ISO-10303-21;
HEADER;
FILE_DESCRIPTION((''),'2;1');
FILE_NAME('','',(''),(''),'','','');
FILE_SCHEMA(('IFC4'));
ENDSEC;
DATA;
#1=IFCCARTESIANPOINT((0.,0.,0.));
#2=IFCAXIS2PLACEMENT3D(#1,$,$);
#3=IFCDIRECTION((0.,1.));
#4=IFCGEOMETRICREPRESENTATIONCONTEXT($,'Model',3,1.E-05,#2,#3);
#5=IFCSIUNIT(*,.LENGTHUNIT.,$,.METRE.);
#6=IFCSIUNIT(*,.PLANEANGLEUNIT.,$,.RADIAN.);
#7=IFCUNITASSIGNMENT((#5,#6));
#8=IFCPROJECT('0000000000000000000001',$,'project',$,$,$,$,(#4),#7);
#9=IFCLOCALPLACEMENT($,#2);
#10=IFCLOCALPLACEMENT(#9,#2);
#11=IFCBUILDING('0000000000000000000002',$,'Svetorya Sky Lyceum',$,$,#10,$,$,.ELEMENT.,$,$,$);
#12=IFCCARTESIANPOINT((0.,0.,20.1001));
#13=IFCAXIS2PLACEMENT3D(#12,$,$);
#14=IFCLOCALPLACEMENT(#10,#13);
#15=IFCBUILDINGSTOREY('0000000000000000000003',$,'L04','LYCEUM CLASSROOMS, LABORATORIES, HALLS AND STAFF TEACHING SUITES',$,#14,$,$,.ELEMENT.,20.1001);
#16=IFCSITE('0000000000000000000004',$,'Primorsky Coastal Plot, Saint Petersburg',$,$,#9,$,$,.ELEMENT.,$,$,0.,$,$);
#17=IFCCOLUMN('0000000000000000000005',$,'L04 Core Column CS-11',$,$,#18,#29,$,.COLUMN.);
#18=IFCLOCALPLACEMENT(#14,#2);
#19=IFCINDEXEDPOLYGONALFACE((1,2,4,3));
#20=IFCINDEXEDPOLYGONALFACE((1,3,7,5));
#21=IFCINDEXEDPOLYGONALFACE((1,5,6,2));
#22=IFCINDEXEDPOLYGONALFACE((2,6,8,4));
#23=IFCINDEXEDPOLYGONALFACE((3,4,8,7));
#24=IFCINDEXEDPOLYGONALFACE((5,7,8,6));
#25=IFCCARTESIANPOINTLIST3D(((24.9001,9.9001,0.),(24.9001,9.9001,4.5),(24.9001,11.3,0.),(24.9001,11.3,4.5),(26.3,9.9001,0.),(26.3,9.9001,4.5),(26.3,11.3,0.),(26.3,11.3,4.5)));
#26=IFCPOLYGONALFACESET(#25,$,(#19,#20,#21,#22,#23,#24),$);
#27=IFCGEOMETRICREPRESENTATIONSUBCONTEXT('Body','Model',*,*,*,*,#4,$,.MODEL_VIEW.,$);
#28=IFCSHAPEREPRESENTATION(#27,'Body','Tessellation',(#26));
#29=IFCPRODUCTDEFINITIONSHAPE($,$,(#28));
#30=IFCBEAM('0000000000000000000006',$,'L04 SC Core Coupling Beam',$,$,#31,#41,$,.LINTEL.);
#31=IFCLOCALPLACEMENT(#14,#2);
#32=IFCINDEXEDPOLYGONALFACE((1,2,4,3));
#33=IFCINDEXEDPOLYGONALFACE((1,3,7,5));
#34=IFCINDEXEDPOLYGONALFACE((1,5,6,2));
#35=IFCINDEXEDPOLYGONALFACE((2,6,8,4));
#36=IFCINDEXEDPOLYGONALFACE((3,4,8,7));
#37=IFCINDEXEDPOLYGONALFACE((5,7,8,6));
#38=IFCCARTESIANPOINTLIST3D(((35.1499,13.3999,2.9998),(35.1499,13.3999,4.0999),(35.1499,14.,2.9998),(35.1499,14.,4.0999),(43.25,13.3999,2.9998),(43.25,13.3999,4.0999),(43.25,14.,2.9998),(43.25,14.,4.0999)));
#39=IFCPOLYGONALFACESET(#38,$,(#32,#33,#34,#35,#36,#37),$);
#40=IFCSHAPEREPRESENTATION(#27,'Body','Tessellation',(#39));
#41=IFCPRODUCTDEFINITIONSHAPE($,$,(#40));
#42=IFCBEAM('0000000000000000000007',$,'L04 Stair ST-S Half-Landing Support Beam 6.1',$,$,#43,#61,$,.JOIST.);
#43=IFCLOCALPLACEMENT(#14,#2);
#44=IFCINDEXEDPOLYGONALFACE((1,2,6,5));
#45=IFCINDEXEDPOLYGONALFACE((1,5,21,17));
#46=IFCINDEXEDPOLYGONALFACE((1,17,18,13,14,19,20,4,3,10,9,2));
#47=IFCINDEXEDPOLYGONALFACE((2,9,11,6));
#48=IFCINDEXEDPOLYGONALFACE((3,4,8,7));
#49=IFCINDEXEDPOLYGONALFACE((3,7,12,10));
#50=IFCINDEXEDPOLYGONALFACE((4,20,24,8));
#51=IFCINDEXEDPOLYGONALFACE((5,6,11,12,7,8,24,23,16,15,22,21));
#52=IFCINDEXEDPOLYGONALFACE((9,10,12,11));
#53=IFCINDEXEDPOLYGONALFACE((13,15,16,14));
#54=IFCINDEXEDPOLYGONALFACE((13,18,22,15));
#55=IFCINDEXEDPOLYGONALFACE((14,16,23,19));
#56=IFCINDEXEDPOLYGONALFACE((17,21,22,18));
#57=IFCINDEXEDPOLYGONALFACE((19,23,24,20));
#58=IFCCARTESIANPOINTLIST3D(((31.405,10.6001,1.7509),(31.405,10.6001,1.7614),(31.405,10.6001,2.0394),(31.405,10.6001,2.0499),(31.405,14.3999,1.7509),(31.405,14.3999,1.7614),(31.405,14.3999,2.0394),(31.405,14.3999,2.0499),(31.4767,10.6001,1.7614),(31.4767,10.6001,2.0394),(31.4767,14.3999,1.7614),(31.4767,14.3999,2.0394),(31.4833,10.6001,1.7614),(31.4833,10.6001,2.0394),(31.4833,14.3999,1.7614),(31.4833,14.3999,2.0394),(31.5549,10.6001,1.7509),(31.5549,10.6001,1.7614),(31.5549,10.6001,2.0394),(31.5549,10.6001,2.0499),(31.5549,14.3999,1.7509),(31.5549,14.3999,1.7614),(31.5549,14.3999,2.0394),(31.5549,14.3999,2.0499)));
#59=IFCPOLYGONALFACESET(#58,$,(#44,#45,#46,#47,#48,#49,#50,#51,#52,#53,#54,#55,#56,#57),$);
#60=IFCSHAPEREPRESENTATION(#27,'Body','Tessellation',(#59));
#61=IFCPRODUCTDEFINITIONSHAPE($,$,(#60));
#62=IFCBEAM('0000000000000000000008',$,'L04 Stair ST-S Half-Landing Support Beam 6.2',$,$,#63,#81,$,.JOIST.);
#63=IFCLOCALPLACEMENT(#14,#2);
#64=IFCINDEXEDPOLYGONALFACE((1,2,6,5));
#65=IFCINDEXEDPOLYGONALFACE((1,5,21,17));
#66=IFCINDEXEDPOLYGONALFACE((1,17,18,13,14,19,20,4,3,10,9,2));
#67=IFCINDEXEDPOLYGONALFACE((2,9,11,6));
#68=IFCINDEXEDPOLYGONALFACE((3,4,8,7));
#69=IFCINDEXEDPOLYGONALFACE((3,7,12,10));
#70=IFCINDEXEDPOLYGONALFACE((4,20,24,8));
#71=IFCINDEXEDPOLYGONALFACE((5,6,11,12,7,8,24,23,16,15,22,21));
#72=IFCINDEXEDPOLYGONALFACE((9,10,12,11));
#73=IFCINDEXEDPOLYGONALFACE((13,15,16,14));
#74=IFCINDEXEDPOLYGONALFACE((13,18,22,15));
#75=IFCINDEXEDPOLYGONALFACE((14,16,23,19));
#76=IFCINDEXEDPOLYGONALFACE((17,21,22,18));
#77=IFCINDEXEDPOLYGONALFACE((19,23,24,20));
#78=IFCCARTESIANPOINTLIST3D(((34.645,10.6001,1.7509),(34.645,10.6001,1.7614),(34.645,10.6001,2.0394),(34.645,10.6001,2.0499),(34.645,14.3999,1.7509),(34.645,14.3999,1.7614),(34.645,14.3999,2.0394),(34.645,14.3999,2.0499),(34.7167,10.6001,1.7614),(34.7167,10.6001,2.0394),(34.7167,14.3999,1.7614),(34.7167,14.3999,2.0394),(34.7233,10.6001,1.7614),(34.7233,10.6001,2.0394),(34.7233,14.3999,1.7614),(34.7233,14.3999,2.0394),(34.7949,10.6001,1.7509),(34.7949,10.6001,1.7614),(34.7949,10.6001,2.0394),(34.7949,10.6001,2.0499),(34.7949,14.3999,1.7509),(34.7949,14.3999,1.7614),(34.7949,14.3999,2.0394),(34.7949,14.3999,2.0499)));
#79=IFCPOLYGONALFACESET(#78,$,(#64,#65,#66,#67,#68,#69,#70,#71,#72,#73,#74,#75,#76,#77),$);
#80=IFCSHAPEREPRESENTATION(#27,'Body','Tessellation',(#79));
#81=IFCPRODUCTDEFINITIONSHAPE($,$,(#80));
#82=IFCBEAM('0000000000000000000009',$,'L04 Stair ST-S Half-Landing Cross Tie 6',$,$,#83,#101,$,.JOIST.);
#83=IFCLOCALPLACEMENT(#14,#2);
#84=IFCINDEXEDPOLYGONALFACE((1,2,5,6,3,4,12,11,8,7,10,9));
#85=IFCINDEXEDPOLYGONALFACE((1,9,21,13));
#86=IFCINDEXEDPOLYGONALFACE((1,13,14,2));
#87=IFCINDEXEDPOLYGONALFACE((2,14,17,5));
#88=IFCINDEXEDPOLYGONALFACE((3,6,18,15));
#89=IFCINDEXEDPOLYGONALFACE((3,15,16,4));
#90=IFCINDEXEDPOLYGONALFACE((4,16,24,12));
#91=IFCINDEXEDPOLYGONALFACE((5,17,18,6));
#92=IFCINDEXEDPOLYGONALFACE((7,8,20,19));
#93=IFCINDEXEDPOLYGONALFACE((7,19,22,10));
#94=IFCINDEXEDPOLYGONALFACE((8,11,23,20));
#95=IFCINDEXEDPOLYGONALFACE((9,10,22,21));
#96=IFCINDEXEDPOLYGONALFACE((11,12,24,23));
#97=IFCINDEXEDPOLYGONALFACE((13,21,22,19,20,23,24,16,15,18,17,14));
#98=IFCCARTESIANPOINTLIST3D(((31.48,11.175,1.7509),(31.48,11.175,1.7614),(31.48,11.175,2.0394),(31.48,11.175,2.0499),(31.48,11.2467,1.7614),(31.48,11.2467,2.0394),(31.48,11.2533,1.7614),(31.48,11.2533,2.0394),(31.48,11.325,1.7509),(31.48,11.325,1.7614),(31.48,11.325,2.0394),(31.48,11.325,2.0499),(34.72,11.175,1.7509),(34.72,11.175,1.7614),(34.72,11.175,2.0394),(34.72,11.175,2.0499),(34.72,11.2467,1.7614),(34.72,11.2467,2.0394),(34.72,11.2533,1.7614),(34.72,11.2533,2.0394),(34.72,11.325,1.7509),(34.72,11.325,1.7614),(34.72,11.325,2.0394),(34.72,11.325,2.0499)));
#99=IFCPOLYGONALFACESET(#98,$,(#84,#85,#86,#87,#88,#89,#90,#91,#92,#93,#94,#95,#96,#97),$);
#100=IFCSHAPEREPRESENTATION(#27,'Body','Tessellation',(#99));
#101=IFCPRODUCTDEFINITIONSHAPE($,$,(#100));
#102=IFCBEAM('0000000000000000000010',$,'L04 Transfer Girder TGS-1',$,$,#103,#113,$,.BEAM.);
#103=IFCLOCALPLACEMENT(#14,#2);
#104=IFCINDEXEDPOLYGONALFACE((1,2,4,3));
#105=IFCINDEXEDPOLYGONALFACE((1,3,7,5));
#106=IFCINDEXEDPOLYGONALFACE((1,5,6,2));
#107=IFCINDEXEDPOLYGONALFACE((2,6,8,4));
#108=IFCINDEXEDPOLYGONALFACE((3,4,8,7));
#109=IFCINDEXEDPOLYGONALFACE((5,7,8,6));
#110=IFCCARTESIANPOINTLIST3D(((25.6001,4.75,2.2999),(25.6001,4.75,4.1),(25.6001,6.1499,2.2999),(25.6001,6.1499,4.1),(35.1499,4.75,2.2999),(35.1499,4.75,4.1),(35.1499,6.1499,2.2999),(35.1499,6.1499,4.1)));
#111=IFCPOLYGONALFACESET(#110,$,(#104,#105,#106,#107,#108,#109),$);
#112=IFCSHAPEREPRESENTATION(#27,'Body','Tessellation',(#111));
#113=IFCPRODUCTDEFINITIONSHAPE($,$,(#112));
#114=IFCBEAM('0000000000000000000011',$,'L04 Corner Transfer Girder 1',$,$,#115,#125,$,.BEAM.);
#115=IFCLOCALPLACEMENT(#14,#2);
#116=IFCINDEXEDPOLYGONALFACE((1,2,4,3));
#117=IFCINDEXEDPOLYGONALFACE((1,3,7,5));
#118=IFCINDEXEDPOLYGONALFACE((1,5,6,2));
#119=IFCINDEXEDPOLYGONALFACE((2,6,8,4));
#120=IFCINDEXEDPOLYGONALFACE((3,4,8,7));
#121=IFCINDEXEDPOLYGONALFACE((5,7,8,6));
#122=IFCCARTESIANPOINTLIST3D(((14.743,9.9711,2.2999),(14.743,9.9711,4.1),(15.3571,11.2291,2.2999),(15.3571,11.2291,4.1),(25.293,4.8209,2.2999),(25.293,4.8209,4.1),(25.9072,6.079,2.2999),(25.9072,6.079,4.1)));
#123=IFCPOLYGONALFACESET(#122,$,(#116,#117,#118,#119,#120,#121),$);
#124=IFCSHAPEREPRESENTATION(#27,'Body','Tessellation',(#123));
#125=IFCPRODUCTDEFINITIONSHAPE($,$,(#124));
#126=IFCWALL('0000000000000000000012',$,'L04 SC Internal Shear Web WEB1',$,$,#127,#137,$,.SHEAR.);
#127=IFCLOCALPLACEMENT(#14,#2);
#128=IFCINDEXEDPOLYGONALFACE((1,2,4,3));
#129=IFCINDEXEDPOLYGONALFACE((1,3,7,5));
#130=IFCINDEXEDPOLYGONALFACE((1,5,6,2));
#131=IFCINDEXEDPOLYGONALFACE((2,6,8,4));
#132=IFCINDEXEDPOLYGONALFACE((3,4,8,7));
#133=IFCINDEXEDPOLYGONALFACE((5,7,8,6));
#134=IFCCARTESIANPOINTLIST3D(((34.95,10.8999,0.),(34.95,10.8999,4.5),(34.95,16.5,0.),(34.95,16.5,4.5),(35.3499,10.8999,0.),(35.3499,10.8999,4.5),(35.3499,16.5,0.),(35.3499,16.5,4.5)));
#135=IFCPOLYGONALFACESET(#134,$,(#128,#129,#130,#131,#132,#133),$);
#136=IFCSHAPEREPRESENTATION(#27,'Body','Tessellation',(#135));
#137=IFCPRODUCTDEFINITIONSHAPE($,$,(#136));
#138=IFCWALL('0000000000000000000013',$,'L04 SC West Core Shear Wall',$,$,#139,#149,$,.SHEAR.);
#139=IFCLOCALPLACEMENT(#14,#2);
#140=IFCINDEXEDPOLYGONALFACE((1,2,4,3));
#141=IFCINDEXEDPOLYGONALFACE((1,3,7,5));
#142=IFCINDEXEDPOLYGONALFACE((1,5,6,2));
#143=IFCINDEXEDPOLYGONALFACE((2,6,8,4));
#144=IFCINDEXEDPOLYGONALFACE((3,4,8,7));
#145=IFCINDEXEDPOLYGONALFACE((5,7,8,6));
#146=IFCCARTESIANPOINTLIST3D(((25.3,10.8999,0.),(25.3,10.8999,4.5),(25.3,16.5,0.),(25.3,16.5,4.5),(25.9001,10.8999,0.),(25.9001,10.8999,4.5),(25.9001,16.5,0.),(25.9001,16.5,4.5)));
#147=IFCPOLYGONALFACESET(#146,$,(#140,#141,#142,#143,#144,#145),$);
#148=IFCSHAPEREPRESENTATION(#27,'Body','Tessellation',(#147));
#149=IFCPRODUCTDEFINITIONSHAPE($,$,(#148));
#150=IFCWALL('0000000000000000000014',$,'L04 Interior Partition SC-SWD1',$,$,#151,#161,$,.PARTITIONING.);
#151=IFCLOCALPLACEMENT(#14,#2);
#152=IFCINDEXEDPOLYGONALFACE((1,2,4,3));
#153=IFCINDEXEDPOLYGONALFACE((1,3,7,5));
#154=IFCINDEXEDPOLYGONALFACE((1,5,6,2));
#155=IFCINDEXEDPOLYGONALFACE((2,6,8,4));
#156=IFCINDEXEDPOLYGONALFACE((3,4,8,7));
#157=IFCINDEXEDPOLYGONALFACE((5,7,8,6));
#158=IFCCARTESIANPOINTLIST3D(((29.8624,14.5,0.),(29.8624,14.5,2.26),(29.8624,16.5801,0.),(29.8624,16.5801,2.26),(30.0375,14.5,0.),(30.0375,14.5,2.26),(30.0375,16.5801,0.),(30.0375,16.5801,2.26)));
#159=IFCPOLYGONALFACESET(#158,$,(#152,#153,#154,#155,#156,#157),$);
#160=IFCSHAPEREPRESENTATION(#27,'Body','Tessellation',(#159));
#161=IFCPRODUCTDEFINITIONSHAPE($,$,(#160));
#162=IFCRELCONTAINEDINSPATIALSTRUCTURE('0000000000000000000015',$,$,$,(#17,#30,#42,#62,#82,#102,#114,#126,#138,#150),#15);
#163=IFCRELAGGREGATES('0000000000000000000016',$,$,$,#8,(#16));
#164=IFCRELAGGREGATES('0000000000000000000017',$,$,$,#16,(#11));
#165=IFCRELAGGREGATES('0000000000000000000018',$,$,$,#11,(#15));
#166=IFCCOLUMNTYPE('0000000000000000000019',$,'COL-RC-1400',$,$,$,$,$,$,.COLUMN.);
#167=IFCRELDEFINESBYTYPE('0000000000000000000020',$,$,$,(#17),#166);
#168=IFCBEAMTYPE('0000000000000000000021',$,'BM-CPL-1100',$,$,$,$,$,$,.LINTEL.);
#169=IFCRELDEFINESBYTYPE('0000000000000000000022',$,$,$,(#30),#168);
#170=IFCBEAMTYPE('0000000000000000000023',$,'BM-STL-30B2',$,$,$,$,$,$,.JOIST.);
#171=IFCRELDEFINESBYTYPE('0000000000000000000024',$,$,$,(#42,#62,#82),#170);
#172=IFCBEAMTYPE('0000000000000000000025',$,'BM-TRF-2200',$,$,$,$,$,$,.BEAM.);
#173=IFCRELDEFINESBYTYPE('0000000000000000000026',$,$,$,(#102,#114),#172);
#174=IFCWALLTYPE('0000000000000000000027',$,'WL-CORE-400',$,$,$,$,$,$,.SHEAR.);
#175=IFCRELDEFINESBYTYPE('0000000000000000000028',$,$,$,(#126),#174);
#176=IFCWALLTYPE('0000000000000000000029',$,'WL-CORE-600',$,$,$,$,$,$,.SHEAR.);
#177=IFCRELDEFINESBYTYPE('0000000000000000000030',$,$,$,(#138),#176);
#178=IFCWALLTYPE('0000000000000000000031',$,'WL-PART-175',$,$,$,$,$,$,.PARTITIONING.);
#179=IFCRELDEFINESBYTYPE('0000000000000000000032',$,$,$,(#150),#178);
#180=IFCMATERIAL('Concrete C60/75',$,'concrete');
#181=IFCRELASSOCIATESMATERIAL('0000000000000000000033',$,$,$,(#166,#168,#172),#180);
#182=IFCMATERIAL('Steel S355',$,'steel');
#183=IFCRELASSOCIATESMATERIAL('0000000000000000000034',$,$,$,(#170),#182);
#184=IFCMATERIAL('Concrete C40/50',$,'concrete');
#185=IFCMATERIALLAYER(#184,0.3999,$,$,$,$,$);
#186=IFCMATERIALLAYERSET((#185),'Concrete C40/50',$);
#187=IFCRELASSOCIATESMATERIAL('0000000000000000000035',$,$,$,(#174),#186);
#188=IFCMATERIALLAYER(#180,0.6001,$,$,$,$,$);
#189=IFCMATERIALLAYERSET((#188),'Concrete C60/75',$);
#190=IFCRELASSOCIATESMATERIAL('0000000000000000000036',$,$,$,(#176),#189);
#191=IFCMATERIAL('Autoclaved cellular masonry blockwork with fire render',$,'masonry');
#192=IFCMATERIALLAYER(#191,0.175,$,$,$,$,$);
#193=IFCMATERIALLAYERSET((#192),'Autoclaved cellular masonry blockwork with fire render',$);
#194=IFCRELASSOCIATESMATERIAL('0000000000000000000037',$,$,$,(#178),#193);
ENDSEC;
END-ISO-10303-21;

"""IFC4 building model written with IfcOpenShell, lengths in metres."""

from ifc_helpers import new_model, si_unit, direction, frame, frame_2d, origin, origin_2d, place, context, subcontext, project, spatial, rectangle, i_section, extrude, material, layer, layer_set, material_profile, profile_set, type_object, element, save


model = new_model("IFC4")

# Units and contexts
model_context = context("Model", 3, precision=1e-05, world=origin(), true_north=direction((0.0, 1.0)))
body_context = subcontext(model_context, "Body", "Model", "MODEL_VIEW")
ifc_project = project(units=[si_unit("LENGTHUNIT", "METRE"), si_unit("PLANEANGLEUNIT", "RADIAN")], contexts=[model_context])

# Site, building, storey
site_placement = place(None, origin())
site = spatial("IfcSite", under=ifc_project, at=site_placement, Name="Primorsky Coastal Plot, Saint Petersburg", CompositionType="ELEMENT", RefElevation=0.0)
building_placement = place(site_placement, origin())
building = spatial("IfcBuilding", under=site, at=building_placement, Name="Svetorya Sky Lyceum", CompositionType="ELEMENT")
storey_placement = place(building_placement, frame((0.0, 0.0, 20.1001)))
storey = spatial("IfcBuildingStorey", under=building, at=storey_placement, Name="L04", Description="LYCEUM CLASSROOMS, LABORATORIES, HALLS AND STAFF TEACHING SUITES", CompositionType="ELEMENT", Elevation=20.1001)

# Column
ifc_material_1 = material(Name="Concrete C60/75", Category="concrete")
ifc_material_profile_1 = material_profile(ifc_material_1, rectangle(XDim=1.3999, YDim=1.3999, at=origin_2d()), Name="RC COL 1400x1400")
ifc_profile_set_1 = profile_set([ifc_material_profile_1], Name="Concrete C60/75")
column_type = type_object("IfcColumnType", Name="COL-RC-1400", PredefinedType="COLUMN", material=ifc_profile_set_1)
column_placement = place(storey_placement, frame((25.6001, 10.6001, 0.0), z_axis=(0.0, 0.0, 1.0), x_axis=(1.0, 0.0, 0.0)))
element("IfcColumn", 1, at=column_placement, inside=storey, type_object=column_type, Name="L04 Core Column CS-11", PredefinedType="COLUMN", context=body_context, shape_type="SweptSolid", body=[
    extrude(rectangle(XDim=1.3999, YDim=1.3999, at=origin_2d()), origin(), (0.0, 0.0, 1.0), 4.5),
])

# Beams
ifc_material_profile_2 = material_profile(ifc_material_1, rectangle(XDim=0.6001, YDim=1.1001, at=origin_2d()), Name="RC COUPLING 600x1100")
ifc_profile_set_2 = profile_set([ifc_material_profile_2], Name="Concrete C60/75")
beam_type_1 = type_object("IfcBeamType", Name="BM-CPL-1100", PredefinedType="LINTEL", material=ifc_profile_set_2)
beam_1_placement = place(storey_placement, frame((35.1499, 13.7, 3.5498), z_axis=(1.0, 0.0, 0.0), x_axis=(0.0, 1.0, 0.0)))
element("IfcBeam", 2, at=beam_1_placement, inside=storey, type_object=beam_type_1, Name="L04 SC Core Coupling Beam", PredefinedType="LINTEL", context=body_context, shape_type="SweptSolid", body=[
    extrude(rectangle(XDim=0.6001, YDim=1.1001, at=origin_2d()), origin(), (0.0, 0.0, 1.0), 8.1001),
])
ifc_material_2 = material(Name="Steel S355", Category="steel")
ifc_material_profile_3 = material_profile(ifc_material_2, i_section(OverallWidth=0.1499, OverallDepth=0.2991, WebThickness=0.0066, FlangeThickness=0.0105, at=origin_2d()), Name="GOST 30B2")
ifc_profile_set_3 = profile_set([ifc_material_profile_3], Name="Steel S355")
beam_type_2 = type_object("IfcBeamType", Name="BM-STL-30B2", PredefinedType="JOIST", material=ifc_profile_set_3)
for number, where, z_axis, x_axis, name in (
    (3, (31.48, 10.6001, 1.9004), (0.0, 1.0, 0.0), (-1.0, 0.0, 0.0), "L04 Stair ST-S Half-Landing Support Beam 6.1"),
    (4, (34.72, 10.6001, 1.9004), (0.0, 1.0, 0.0), (-1.0, 0.0, 0.0), "L04 Stair ST-S Half-Landing Support Beam 6.2"),
):
    element("IfcBeam", number, at=place(storey_placement, frame(where, z_axis=z_axis, x_axis=x_axis)), inside=storey, type_object=beam_type_2, Name=name, PredefinedType="JOIST", context=body_context, shape_type="SweptSolid", body=[
        extrude(i_section(OverallWidth=0.1499, OverallDepth=0.2991, WebThickness=0.0066, FlangeThickness=0.0105, at=origin_2d()), origin(), (0.0, 0.0, 1.0), 3.7998),
    ])
beam_2_placement = place(storey_placement, frame((31.48, 11.25, 1.9004), z_axis=(1.0, 0.0, 0.0), x_axis=(0.0, 1.0, 0.0)))
element("IfcBeam", 5, at=beam_2_placement, inside=storey, type_object=beam_type_2, Name="L04 Stair ST-S Half-Landing Cross Tie 6", PredefinedType="JOIST", context=body_context, shape_type="SweptSolid", body=[
    extrude(i_section(OverallWidth=0.1499, OverallDepth=0.2991, WebThickness=0.0066, FlangeThickness=0.0105, at=origin_2d()), origin(), (0.0, 0.0, 1.0), 3.24),
])
ifc_material_profile_4 = material_profile(ifc_material_1, rectangle(XDim=1.3999, YDim=1.8, at=origin_2d()), Name="RC TRANSFER 1400x1800")
ifc_profile_set_4 = profile_set([ifc_material_profile_4], Name="Concrete C60/75")
beam_type_3 = type_object("IfcBeamType", Name="BM-TRF-2200", PredefinedType="BEAM", material=ifc_profile_set_4)
beam_3_placement = place(storey_placement, frame((25.6001, 5.45, 3.2), z_axis=(1.0, 0.0, 0.0), x_axis=(0.0, 1.0, 0.0)))
element("IfcBeam", 6, at=beam_3_placement, inside=storey, type_object=beam_type_3, Name="L04 Transfer Girder TGS-1", PredefinedType="BEAM", context=body_context, shape_type="SweptSolid", body=[
    extrude(rectangle(XDim=1.3999, YDim=1.8, at=origin_2d()), origin(), (0.0, 0.0, 1.0), 9.5498),
])
beam_4_placement = place(storey_placement, frame((25.6001, 5.45, 3.2), z_axis=(-0.898641, 0.438684, 0.0), x_axis=(-0.438684, -0.898641, 0.0)))
element("IfcBeam", 7, at=beam_4_placement, inside=storey, type_object=beam_type_3, Name="L04 Corner Transfer Girder 1", PredefinedType="BEAM", context=body_context, shape_type="SweptSolid", body=[
    extrude(rectangle(XDim=1.3999, YDim=1.8, at=origin_2d()), origin(), (0.0, 0.0, 1.0), 11.74),
])

# Walls
ifc_material_3 = material(Name="Concrete C40/50", Category="concrete")
ifc_layer_1 = layer(ifc_material_3, 0.3999)
ifc_layer_set_1 = layer_set([ifc_layer_1], Name="Concrete C40/50")
wall_type_1 = type_object("IfcWallType", Name="WL-CORE-400", PredefinedType="SHEAR", material=ifc_layer_set_1)
wall_1_placement = place(storey_placement, frame((35.1499, 10.8999, 0.0), z_axis=(0.0, 0.0, 1.0), x_axis=(0.0, 1.0, 0.0)))
element("IfcWall", 8, at=wall_1_placement, inside=storey, type_object=wall_type_1, Name="L04 SC Internal Shear Web WEB1", PredefinedType="SHEAR", context=body_context, shape_type="SweptSolid", body=[
    extrude(rectangle(XDim=5.6001, YDim=0.3999, at=frame_2d((2.8, 0.0))), origin(), (0.0, 0.0, 1.0), 4.5),
])
ifc_layer_2 = layer(ifc_material_1, 0.6001)
ifc_layer_set_2 = layer_set([ifc_layer_2], Name="Concrete C60/75")
wall_type_2 = type_object("IfcWallType", Name="WL-CORE-600", PredefinedType="SHEAR", material=ifc_layer_set_2)
wall_2_placement = place(storey_placement, frame((25.6001, 10.8999, 0.0), z_axis=(0.0, 0.0, 1.0), x_axis=(0.0, 1.0, 0.0)))
element("IfcWall", 9, at=wall_2_placement, inside=storey, type_object=wall_type_2, Name="L04 SC West Core Shear Wall", PredefinedType="SHEAR", context=body_context, shape_type="SweptSolid", body=[
    extrude(rectangle(XDim=5.6001, YDim=0.6001, at=frame_2d((2.8, 0.0))), origin(), (0.0, 0.0, 1.0), 4.5),
])
ifc_material_4 = material(Name="Autoclaved cellular masonry blockwork with fire render", Category="masonry")
ifc_layer_3 = layer(ifc_material_4, 0.175)
ifc_layer_set_3 = layer_set([ifc_layer_3], Name="Autoclaved cellular masonry blockwork with fire render")
wall_type_3 = type_object("IfcWallType", Name="WL-PART-175", PredefinedType="PARTITIONING", material=ifc_layer_set_3)
wall_3_placement = place(storey_placement, frame((29.95, 14.5, 0.0), z_axis=(0.0, 0.0, 1.0), x_axis=(0.0, 1.0, 0.0)))
element("IfcWall", 10, at=wall_3_placement, inside=storey, type_object=wall_type_3, Name="L04 Interior Partition SC-SWD1", PredefinedType="PARTITIONING", context=body_context, shape_type="SweptSolid", body=[
    extrude(rectangle(XDim=2.0801, YDim=0.175, at=frame_2d((1.04, 0.0))), origin(), (0.0, 0.0, 1.0), 2.26),
])

save(model, "model.ifc")
